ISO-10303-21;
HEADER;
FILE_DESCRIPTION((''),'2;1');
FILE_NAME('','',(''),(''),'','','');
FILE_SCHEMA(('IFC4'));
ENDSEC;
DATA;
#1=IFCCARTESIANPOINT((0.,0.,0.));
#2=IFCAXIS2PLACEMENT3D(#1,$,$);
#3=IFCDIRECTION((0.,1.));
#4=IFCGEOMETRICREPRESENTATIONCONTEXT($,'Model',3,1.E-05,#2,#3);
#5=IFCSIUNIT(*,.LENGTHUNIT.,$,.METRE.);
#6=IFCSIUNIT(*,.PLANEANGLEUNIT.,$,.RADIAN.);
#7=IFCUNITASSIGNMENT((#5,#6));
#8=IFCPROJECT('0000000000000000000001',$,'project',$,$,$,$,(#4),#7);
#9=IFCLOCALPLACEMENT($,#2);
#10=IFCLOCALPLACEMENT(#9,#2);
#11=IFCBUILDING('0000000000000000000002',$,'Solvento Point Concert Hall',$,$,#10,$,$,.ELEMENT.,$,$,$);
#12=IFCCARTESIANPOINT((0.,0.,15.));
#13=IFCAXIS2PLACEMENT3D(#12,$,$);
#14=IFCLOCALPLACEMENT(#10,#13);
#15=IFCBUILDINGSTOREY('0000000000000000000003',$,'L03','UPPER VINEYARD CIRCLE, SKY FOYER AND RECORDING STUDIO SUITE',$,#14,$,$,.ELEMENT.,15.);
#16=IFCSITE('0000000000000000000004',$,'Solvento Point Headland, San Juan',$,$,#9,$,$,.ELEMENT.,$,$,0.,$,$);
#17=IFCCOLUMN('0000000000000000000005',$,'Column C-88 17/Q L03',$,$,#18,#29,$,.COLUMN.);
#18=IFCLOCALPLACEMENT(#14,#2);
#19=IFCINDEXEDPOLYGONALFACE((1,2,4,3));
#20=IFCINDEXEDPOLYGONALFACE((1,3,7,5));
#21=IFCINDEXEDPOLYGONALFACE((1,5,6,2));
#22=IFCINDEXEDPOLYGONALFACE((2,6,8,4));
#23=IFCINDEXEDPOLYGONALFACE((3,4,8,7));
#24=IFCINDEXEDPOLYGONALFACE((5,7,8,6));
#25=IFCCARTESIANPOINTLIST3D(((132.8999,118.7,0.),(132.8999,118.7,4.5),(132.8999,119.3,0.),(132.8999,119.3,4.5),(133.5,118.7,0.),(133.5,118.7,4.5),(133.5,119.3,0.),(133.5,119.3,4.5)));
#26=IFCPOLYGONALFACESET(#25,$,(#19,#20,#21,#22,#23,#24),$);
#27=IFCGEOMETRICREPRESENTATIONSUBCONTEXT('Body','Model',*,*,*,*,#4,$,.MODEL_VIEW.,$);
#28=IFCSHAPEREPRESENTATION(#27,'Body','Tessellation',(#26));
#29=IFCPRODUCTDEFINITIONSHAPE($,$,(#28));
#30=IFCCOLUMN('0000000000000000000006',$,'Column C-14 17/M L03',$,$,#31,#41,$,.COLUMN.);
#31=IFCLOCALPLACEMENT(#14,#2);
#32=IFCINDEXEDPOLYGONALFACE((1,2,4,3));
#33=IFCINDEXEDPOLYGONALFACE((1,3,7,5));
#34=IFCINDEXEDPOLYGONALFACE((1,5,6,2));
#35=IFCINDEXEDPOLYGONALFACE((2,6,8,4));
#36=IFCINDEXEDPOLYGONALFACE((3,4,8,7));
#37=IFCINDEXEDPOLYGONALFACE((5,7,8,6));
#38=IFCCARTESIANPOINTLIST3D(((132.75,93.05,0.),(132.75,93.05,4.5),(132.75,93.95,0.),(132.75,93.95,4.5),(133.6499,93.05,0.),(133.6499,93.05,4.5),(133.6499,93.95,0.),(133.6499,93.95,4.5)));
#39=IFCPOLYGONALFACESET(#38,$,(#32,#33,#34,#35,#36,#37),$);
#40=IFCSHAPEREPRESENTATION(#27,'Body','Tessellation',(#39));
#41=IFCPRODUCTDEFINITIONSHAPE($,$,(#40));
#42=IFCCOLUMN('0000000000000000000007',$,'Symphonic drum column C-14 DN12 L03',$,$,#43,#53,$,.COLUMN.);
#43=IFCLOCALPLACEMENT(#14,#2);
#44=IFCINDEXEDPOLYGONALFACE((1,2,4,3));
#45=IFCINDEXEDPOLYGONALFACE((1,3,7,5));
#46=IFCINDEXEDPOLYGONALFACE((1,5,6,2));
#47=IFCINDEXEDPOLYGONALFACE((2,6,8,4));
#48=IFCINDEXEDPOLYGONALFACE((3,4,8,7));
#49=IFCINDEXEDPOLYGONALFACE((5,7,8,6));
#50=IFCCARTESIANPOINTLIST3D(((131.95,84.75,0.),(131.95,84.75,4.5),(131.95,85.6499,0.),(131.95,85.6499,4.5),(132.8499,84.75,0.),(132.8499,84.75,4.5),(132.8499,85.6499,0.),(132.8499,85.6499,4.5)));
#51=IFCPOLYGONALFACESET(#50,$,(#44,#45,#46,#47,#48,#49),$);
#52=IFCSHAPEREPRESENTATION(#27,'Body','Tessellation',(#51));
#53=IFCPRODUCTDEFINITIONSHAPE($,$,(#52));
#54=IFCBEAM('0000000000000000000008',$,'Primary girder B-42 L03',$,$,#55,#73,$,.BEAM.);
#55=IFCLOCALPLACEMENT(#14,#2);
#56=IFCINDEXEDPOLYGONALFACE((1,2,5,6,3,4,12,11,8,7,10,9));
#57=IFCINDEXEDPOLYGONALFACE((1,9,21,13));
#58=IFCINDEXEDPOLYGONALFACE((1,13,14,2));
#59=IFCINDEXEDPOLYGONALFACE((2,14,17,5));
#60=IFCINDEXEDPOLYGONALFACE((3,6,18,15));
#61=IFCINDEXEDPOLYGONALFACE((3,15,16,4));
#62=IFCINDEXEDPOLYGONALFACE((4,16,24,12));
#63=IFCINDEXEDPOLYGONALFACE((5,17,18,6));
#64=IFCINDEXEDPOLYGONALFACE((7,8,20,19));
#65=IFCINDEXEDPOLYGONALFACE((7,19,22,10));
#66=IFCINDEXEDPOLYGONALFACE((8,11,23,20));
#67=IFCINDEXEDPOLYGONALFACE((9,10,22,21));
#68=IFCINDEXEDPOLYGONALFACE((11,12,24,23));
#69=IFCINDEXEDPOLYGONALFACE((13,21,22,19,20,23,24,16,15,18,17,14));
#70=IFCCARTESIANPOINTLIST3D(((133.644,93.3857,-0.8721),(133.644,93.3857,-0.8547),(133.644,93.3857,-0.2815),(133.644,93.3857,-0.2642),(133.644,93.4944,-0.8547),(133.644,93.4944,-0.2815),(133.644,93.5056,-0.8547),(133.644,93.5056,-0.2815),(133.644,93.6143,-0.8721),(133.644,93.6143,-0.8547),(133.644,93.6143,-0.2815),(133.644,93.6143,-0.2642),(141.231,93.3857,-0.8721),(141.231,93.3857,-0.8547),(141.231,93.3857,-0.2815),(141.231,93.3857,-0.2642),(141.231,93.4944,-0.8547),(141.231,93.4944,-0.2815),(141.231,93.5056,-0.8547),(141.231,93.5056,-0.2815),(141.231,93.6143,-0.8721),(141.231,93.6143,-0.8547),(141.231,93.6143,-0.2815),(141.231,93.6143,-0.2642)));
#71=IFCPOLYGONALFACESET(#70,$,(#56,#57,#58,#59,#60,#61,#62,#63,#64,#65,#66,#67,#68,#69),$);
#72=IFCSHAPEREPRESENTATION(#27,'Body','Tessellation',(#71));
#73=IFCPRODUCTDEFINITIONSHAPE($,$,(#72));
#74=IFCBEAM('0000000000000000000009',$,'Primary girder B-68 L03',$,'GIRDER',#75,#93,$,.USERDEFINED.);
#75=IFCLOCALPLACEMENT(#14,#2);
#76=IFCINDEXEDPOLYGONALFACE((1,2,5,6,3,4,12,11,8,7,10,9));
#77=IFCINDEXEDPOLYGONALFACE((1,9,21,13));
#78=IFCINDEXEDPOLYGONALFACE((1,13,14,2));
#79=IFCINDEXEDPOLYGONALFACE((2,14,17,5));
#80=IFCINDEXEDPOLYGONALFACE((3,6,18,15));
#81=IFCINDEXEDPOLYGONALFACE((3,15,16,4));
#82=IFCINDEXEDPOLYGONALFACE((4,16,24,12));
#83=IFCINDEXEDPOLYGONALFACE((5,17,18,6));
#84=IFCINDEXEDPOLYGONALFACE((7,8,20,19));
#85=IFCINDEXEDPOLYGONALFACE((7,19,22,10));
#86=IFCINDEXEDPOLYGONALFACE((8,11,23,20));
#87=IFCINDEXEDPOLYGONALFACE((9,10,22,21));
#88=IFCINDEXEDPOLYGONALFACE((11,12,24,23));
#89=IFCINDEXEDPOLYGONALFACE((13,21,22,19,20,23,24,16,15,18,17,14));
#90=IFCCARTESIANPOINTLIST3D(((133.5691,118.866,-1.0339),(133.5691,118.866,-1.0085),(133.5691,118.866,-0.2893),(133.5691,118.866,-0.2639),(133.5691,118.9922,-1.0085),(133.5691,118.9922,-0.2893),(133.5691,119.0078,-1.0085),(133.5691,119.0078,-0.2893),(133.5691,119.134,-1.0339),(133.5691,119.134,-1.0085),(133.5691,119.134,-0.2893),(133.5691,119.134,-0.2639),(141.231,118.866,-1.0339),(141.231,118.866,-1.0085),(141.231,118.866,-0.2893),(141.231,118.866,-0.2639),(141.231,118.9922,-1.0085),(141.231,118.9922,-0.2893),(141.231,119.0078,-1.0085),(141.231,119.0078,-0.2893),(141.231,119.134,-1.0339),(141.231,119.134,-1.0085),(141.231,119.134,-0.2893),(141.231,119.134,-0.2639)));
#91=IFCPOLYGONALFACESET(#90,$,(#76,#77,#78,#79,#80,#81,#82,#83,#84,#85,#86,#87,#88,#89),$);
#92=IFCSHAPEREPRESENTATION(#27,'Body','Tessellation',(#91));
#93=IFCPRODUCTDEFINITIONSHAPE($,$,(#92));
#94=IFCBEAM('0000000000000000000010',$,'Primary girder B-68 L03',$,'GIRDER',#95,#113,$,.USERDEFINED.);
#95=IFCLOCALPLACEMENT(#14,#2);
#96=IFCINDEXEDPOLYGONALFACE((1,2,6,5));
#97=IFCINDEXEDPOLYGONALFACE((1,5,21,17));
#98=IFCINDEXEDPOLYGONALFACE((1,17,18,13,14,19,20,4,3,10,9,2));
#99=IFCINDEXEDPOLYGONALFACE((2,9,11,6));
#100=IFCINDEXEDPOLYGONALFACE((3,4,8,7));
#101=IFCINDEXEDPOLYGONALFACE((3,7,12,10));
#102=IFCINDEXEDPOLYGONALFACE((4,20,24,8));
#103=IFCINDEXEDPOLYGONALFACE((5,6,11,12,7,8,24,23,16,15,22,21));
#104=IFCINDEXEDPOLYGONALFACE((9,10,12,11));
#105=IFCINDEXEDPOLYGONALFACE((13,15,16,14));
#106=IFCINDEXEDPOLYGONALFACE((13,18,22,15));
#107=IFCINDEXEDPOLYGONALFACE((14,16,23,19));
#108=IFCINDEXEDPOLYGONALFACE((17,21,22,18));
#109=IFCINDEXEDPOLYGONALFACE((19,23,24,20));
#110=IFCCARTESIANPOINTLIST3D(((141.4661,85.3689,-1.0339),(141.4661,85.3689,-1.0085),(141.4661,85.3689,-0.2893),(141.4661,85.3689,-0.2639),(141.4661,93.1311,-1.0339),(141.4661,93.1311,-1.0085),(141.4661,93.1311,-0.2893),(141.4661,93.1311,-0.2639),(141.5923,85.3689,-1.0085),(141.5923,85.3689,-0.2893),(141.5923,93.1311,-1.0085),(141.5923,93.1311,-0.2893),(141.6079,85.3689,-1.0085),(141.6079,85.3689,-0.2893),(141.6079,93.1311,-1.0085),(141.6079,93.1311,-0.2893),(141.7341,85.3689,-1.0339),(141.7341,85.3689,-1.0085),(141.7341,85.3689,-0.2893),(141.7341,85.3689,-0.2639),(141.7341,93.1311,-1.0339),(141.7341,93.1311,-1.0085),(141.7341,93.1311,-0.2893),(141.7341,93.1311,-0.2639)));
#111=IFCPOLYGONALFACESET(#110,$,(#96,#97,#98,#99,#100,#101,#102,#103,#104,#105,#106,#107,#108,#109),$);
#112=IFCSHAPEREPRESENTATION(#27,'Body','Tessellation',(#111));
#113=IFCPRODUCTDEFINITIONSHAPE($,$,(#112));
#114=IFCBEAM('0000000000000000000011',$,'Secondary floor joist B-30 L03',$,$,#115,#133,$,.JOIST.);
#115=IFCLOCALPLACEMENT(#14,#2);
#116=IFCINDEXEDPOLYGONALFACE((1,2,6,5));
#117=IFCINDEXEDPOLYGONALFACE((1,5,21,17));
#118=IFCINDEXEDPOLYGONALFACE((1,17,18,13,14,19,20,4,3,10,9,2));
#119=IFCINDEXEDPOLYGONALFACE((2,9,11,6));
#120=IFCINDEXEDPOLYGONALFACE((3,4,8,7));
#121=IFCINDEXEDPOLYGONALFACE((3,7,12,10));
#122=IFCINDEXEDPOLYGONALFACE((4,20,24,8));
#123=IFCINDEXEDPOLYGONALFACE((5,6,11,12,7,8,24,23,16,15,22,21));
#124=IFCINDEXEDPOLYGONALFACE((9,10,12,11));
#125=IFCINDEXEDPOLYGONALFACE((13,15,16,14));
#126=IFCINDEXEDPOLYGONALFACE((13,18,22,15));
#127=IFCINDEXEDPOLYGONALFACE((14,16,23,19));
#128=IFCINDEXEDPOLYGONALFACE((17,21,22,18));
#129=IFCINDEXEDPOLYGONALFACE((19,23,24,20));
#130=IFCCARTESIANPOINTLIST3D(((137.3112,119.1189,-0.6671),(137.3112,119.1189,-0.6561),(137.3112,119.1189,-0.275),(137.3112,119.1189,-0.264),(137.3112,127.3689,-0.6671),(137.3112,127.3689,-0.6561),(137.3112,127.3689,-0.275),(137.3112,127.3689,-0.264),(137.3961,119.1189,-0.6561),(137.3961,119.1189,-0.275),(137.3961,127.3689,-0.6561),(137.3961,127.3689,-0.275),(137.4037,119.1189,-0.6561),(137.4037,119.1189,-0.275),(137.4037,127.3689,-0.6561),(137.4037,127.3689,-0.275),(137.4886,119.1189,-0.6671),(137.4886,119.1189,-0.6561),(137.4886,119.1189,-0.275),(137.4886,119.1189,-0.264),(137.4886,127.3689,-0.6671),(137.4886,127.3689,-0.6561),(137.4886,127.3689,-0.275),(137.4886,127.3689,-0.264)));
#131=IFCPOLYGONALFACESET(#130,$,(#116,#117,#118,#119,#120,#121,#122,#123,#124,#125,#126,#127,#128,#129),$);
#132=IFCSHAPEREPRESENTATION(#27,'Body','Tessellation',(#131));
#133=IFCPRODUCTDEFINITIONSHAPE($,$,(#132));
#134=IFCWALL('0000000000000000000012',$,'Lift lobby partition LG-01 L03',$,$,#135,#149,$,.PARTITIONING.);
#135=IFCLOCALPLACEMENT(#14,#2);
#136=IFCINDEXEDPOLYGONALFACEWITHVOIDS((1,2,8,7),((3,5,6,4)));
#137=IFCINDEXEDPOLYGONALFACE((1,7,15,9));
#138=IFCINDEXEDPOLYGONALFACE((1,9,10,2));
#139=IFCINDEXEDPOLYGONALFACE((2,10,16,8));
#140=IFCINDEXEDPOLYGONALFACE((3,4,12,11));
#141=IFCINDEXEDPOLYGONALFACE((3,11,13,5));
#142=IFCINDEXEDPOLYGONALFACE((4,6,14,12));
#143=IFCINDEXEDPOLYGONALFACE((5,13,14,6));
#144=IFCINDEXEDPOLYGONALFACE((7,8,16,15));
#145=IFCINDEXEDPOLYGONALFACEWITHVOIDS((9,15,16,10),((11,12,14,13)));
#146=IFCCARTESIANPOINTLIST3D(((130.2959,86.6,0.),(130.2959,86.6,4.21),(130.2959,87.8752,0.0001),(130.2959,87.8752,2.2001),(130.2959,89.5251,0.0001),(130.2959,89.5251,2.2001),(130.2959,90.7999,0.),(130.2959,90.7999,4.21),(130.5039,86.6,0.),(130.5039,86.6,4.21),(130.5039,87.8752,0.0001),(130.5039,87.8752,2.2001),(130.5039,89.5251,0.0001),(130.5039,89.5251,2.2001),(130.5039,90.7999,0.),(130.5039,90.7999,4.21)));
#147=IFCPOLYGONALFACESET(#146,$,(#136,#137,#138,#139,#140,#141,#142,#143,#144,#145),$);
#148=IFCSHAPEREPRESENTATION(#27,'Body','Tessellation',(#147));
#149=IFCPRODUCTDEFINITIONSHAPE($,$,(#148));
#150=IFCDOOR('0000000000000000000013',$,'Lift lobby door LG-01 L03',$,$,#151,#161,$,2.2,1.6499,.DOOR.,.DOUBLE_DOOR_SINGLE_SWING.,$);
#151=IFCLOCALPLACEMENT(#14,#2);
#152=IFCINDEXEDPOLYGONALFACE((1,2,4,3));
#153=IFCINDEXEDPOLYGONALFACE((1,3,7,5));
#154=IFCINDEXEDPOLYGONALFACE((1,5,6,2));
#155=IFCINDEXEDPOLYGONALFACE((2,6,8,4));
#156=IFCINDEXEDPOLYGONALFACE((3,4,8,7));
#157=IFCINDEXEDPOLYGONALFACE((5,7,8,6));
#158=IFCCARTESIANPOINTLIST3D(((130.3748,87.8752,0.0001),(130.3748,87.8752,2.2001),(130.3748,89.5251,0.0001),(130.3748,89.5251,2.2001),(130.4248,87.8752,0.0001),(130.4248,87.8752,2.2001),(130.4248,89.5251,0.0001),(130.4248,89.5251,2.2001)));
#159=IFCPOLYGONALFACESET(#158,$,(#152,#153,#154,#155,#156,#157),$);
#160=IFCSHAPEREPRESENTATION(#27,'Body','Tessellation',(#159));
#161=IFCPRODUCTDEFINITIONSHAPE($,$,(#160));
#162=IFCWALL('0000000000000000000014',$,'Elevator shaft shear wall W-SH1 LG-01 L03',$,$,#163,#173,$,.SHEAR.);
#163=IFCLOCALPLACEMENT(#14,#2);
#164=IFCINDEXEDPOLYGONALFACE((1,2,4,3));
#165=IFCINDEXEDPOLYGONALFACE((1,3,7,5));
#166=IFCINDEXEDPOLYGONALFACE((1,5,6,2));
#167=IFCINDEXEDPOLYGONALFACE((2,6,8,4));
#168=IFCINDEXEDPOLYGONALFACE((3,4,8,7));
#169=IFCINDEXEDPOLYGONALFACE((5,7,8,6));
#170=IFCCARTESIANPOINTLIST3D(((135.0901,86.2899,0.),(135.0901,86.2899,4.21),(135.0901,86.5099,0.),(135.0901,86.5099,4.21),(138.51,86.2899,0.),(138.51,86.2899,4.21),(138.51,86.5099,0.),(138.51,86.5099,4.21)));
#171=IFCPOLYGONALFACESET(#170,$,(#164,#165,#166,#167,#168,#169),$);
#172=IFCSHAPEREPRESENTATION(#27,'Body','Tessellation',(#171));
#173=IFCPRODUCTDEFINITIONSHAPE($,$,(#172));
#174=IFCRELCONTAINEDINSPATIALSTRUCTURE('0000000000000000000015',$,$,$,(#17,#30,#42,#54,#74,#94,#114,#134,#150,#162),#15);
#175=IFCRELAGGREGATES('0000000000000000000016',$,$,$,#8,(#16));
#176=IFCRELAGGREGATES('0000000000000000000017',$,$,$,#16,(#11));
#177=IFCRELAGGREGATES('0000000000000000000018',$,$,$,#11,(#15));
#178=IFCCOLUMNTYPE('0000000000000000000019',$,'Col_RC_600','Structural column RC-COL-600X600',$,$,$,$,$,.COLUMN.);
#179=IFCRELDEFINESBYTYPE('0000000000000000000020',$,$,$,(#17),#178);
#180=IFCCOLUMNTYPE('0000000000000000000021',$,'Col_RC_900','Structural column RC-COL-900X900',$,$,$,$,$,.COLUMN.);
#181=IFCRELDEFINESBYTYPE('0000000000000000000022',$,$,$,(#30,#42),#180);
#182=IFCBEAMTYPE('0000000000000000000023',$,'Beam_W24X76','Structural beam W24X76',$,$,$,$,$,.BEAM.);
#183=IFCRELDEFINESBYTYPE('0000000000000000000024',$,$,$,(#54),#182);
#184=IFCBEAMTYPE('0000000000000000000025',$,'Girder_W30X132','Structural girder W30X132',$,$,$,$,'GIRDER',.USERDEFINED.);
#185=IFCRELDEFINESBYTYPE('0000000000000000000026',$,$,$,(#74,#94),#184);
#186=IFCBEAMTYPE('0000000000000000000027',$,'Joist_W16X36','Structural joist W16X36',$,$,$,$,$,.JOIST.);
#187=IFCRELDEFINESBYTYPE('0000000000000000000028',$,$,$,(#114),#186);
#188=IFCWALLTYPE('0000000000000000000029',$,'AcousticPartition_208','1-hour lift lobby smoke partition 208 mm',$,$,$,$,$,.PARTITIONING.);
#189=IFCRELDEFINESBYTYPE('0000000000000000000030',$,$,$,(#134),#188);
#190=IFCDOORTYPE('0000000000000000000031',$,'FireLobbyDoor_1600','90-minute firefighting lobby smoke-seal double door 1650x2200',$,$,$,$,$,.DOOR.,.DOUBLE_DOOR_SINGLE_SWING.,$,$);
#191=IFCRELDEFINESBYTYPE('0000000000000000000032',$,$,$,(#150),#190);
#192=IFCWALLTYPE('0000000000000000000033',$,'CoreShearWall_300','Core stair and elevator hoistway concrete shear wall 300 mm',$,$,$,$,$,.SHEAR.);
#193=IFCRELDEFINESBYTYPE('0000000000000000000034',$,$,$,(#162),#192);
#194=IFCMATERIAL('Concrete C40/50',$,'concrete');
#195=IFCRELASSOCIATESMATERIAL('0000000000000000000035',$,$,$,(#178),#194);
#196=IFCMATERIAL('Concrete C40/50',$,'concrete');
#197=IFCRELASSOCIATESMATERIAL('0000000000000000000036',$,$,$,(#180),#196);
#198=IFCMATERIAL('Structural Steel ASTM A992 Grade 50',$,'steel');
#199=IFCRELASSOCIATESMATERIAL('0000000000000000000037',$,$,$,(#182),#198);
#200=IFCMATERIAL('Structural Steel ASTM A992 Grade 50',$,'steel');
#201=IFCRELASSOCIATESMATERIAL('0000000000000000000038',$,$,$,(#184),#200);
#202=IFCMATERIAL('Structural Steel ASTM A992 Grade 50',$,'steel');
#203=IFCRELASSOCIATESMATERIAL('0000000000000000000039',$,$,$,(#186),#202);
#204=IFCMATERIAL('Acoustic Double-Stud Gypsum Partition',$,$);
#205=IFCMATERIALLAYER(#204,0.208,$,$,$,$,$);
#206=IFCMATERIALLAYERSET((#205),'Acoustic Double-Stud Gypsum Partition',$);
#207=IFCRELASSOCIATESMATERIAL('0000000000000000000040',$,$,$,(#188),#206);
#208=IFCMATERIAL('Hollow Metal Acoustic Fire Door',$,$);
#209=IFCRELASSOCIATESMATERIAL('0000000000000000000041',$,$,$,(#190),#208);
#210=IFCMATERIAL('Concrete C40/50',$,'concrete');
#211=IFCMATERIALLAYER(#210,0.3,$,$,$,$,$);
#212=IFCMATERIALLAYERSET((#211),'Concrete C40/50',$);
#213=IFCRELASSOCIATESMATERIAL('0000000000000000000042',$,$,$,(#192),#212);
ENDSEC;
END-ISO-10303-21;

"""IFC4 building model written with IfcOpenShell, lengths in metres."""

from ifc_helpers import new_model, si_unit, direction, frame, frame_2d, origin, origin_2d, place, context, subcontext, project, spatial, rectangle, i_section, extrude, material, layer, layer_set, material_profile, profile_set, type_object, element, fill, save


model = new_model("IFC4")

# Units and contexts
model_context = context("Model", 3, precision=1e-05, world=origin(), true_north=direction((0.0, 1.0)))
body_context = subcontext(model_context, "Body", "Model", "MODEL_VIEW")
ifc_project = project(units=[si_unit("LENGTHUNIT", "METRE"), si_unit("PLANEANGLEUNIT", "RADIAN")], contexts=[model_context])

# Site, building, storey
site_placement = place(None, origin())
site = spatial("IfcSite", under=ifc_project, at=site_placement, Name="Solvento Point Headland, San Juan", CompositionType="ELEMENT", RefElevation=0.0)
building_placement = place(site_placement, origin())
building = spatial("IfcBuilding", under=site, at=building_placement, Name="Solvento Point Concert Hall", CompositionType="ELEMENT")
storey_placement = place(building_placement, frame((0.0, 0.0, 15.0)))
storey = spatial("IfcBuildingStorey", under=building, at=storey_placement, Name="L03", Description="UPPER VINEYARD CIRCLE, SKY FOYER AND RECORDING STUDIO SUITE", CompositionType="ELEMENT", Elevation=15.0)

# Columns
ifc_material_1 = material(Name="Concrete C40/50", Category="concrete")
ifc_material_profile_1 = material_profile(ifc_material_1, rectangle(XDim=0.6001, YDim=0.6001, at=origin_2d()), Name="RC-COL-600X600")
ifc_profile_set_1 = profile_set([ifc_material_profile_1], Name="Concrete C40/50")
column_type_1 = type_object("IfcColumnType", Name="Col_RC_600", Description="Structural column RC-COL-600X600", PredefinedType="COLUMN", material=ifc_profile_set_1)
column_placement = place(storey_placement, frame((133.2, 119.0, 0.0), z_axis=(0.0, 0.0, 1.0), x_axis=(1.0, 0.0, 0.0)))
element("IfcColumn", 1, at=column_placement, inside=storey, type_object=column_type_1, Name="Column C-88 17/Q L03", PredefinedType="COLUMN", context=body_context, shape_type="SweptSolid", body=[
    extrude(rectangle(XDim=0.6001, YDim=0.6001, at=origin_2d()), origin(), (0.0, 0.0, 1.0), 4.5),
])
ifc_material_2 = material(Name="Concrete C40/50", Category="concrete")
ifc_material_profile_2 = material_profile(ifc_material_2, rectangle(XDim=0.8999, YDim=0.8999, at=origin_2d()), Name="RC-COL-900X900")
ifc_profile_set_2 = profile_set([ifc_material_profile_2], Name="Concrete C40/50")
column_type_2 = type_object("IfcColumnType", Name="Col_RC_900", Description="Structural column RC-COL-900X900", PredefinedType="COLUMN", material=ifc_profile_set_2)
for number, where, z_axis, x_axis, name in (
    (2, (133.2, 93.5, 0.0), (0.0, 0.0, 1.0), (1.0, 0.0, 0.0), "Column C-14 17/M L03"),
    (3, (132.3999, 85.2, 0.0), (0.0, 0.0, 1.0), (1.0, 0.0, 0.0), "Symphonic drum column C-14 DN12 L03"),
):
    element("IfcColumn", number, at=place(storey_placement, frame(where, z_axis=z_axis, x_axis=x_axis)), inside=storey, type_object=column_type_2, Name=name, PredefinedType="COLUMN", context=body_context, shape_type="SweptSolid", body=[
        extrude(rectangle(XDim=0.8999, YDim=0.8999, at=origin_2d()), origin(), (0.0, 0.0, 1.0), 4.5),
    ])

# Beams
ifc_material_3 = material(Name="Structural Steel ASTM A992 Grade 50", Category="steel")
ifc_material_profile_3 = material_profile(ifc_material_3, i_section(OverallWidth=0.2285, OverallDepth=0.6079, WebThickness=0.0112, FlangeThickness=0.0173, at=origin_2d()), Name="W24X76")
ifc_profile_set_3 = profile_set([ifc_material_profile_3], Name="Structural Steel ASTM A992 Grade 50")
beam_type_1 = type_object("IfcBeamType", Name="Beam_W24X76", Description="Structural beam W24X76", PredefinedType="BEAM", material=ifc_profile_set_3)
beam_1_placement = place(storey_placement, frame((133.644, 93.5, -0.5681), z_axis=(1.0, 0.0, 0.0), x_axis=(0.0, 1.0, 0.0)))
element("IfcBeam", 4, at=beam_1_placement, inside=storey, type_object=beam_type_1, Name="Primary girder B-42 L03", PredefinedType="BEAM", context=body_context, shape_type="SweptSolid", body=[
    extrude(i_section(OverallWidth=0.2285, OverallDepth=0.6079, WebThickness=0.0112, FlangeThickness=0.0173, at=origin_2d()), origin(), (0.0, 0.0, 1.0), 7.5869),
])
ifc_material_4 = material(Name="Structural Steel ASTM A992 Grade 50", Category="steel")
ifc_material_profile_4 = material_profile(ifc_material_4, i_section(OverallWidth=0.2681, OverallDepth=0.77, WebThickness=0.0156, FlangeThickness=0.0254, at=origin_2d()), Name="W30X132")
ifc_profile_set_4 = profile_set([ifc_material_profile_4], Name="Structural Steel ASTM A992 Grade 50")
beam_type_2 = type_object("IfcBeamType", Name="Girder_W30X132", Description="Structural girder W30X132", ElementType="GIRDER", PredefinedType="USERDEFINED", material=ifc_profile_set_4)
beam_2_placement = place(storey_placement, frame((133.5691, 119.0, -0.6489), z_axis=(1.0, 0.0, 0.0), x_axis=(0.0, 1.0, 0.0)))
element("IfcBeam", 5, at=beam_2_placement, inside=storey, type_object=beam_type_2, Name="Primary girder B-68 L03", ObjectType="GIRDER", PredefinedType="USERDEFINED", context=body_context, shape_type="SweptSolid", body=[
    extrude(i_section(OverallWidth=0.2681, OverallDepth=0.77, WebThickness=0.0156, FlangeThickness=0.0254, at=origin_2d()), origin(), (0.0, 0.0, 1.0), 7.6619),
])
beam_3_placement = place(storey_placement, frame((141.6001, 85.3689, -0.6489), z_axis=(0.0, 1.0, 0.0), x_axis=(-1.0, 0.0, 0.0)))
element("IfcBeam", 6, at=beam_3_placement, inside=storey, type_object=beam_type_2, Name="Primary girder B-68 L03", ObjectType="GIRDER", PredefinedType="USERDEFINED", context=body_context, shape_type="SweptSolid", body=[
    extrude(i_section(OverallWidth=0.2681, OverallDepth=0.77, WebThickness=0.0156, FlangeThickness=0.0254, at=origin_2d()), origin(), (0.0, 0.0, 1.0), 7.7622),
])
ifc_material_5 = material(Name="Structural Steel ASTM A992 Grade 50", Category="steel")
ifc_material_profile_5 = material_profile(ifc_material_5, i_section(OverallWidth=0.1775, OverallDepth=0.4031, WebThickness=0.0076, FlangeThickness=0.011, at=origin_2d()), Name="W16X36")
ifc_profile_set_5 = profile_set([ifc_material_profile_5], Name="Structural Steel ASTM A992 Grade 50")
beam_type_3 = type_object("IfcBeamType", Name="Joist_W16X36", Description="Structural joist W16X36", PredefinedType="JOIST", material=ifc_profile_set_5)
beam_4_placement = place(storey_placement, frame((137.3999, 119.1189, -0.4656), z_axis=(0.0, 1.0, 0.0), x_axis=(-1.0, 0.0, 0.0)))
element("IfcBeam", 7, at=beam_4_placement, inside=storey, type_object=beam_type_3, Name="Secondary floor joist B-30 L03", PredefinedType="JOIST", context=body_context, shape_type="SweptSolid", body=[
    extrude(i_section(OverallWidth=0.1775, OverallDepth=0.4031, WebThickness=0.0076, FlangeThickness=0.011, at=origin_2d()), origin(), (0.0, 0.0, 1.0), 8.25),
])

# Wall, opening, door
ifc_material_6 = material(Name="Acoustic Double-Stud Gypsum Partition")
ifc_layer_1 = layer(ifc_material_6, 0.208)
ifc_layer_set_1 = layer_set([ifc_layer_1], Name="Acoustic Double-Stud Gypsum Partition")
wall_type_1 = type_object("IfcWallType", Name="AcousticPartition_208", Description="1-hour lift lobby smoke partition 208 mm", PredefinedType="PARTITIONING", material=ifc_layer_set_1)
wall_1_placement = place(storey_placement, frame((130.3999, 90.8, 0.0), z_axis=(0.0, 0.0, 1.0), x_axis=(0.0, -1.0, 0.0)))
wall_1 = element("IfcWall", 8, at=wall_1_placement, inside=storey, type_object=wall_type_1, Name="Lift lobby partition LG-01 L03", PredefinedType="PARTITIONING", context=body_context, shape_type="SweptSolid", body=[
    extrude(rectangle(XDim=4.2, YDim=0.208, at=frame_2d((2.1001, 0.0))), origin(), (0.0, 0.0, 1.0), 4.21),
])
opening_1_placement = place(wall_1_placement, frame((1.2749, 0.0, 0.0)))
opening_1 = element("IfcOpeningElement", 9, at=opening_1_placement, cuts=wall_1, PredefinedType="OPENING", context=body_context, shape_type="SweptSolid", body=[
    extrude(rectangle(XDim=1.6499, YDim=2.2, at=frame_2d((0.825, 1.1001))), frame((0.0, 0.114, 0.0), z_axis=(0.0, -1.0, 0.0), x_axis=(1.0, 0.0, 0.0)), (0.0, 0.0, 1.0), 0.228),
])
ifc_material_7 = material(Name="Hollow Metal Acoustic Fire Door")
door_type_1 = type_object("IfcDoorType", Name="FireLobbyDoor_1600", Description="90-minute firefighting lobby smoke-seal double door 1650x2200", OperationType="DOUBLE_DOOR_SINGLE_SWING", PredefinedType="DOOR", material=ifc_material_7)
door_1_placement = place(opening_1_placement, origin())
door_1 = element("IfcDoor", 10, at=door_1_placement, inside=storey, type_object=door_type_1, Name="Lift lobby door LG-01 L03", OperationType="DOUBLE_DOOR_SINGLE_SWING", OverallHeight=2.2, OverallWidth=1.6499, PredefinedType="DOOR", context=body_context, shape_type="SweptSolid", body=[
    extrude(rectangle(XDim=1.6499, YDim=2.2, at=frame_2d((0.825, 1.1001))), frame((0.0, 0.0249, 0.0), z_axis=(0.0, -1.0, 0.0), x_axis=(1.0, 0.0, 0.0)), (0.0, 0.0, 1.0), 0.05),
])
fill(opening_1, door_1)

# Wall
ifc_material_8 = material(Name="Concrete C40/50", Category="concrete")
ifc_layer_2 = layer(ifc_material_8, 0.3)
ifc_layer_set_2 = layer_set([ifc_layer_2], Name="Concrete C40/50")
wall_type_2 = type_object("IfcWallType", Name="CoreShearWall_300", Description="Core stair and elevator hoistway concrete shear wall 300 mm", PredefinedType="SHEAR", material=ifc_layer_set_2)
for number, where, z_axis, x_axis, name in (
    (11, (135.0901, 86.3999, 0.0), (0.0, 0.0, 1.0), (1.0, 0.0, 0.0), "Elevator shaft shear wall W-SH1 LG-01 L03"),
):
    element("IfcWall", number, at=place(storey_placement, frame(where, z_axis=z_axis, x_axis=x_axis)), inside=storey, type_object=wall_type_2, Name=name, PredefinedType="SHEAR", context=body_context, shape_type="SweptSolid", body=[
        extrude(rectangle(XDim=3.4199, YDim=0.22, at=frame_2d((1.71, 0.0))), origin(), (0.0, 0.0, 1.0), 4.21),
    ])

save(model, "model.ifc")
